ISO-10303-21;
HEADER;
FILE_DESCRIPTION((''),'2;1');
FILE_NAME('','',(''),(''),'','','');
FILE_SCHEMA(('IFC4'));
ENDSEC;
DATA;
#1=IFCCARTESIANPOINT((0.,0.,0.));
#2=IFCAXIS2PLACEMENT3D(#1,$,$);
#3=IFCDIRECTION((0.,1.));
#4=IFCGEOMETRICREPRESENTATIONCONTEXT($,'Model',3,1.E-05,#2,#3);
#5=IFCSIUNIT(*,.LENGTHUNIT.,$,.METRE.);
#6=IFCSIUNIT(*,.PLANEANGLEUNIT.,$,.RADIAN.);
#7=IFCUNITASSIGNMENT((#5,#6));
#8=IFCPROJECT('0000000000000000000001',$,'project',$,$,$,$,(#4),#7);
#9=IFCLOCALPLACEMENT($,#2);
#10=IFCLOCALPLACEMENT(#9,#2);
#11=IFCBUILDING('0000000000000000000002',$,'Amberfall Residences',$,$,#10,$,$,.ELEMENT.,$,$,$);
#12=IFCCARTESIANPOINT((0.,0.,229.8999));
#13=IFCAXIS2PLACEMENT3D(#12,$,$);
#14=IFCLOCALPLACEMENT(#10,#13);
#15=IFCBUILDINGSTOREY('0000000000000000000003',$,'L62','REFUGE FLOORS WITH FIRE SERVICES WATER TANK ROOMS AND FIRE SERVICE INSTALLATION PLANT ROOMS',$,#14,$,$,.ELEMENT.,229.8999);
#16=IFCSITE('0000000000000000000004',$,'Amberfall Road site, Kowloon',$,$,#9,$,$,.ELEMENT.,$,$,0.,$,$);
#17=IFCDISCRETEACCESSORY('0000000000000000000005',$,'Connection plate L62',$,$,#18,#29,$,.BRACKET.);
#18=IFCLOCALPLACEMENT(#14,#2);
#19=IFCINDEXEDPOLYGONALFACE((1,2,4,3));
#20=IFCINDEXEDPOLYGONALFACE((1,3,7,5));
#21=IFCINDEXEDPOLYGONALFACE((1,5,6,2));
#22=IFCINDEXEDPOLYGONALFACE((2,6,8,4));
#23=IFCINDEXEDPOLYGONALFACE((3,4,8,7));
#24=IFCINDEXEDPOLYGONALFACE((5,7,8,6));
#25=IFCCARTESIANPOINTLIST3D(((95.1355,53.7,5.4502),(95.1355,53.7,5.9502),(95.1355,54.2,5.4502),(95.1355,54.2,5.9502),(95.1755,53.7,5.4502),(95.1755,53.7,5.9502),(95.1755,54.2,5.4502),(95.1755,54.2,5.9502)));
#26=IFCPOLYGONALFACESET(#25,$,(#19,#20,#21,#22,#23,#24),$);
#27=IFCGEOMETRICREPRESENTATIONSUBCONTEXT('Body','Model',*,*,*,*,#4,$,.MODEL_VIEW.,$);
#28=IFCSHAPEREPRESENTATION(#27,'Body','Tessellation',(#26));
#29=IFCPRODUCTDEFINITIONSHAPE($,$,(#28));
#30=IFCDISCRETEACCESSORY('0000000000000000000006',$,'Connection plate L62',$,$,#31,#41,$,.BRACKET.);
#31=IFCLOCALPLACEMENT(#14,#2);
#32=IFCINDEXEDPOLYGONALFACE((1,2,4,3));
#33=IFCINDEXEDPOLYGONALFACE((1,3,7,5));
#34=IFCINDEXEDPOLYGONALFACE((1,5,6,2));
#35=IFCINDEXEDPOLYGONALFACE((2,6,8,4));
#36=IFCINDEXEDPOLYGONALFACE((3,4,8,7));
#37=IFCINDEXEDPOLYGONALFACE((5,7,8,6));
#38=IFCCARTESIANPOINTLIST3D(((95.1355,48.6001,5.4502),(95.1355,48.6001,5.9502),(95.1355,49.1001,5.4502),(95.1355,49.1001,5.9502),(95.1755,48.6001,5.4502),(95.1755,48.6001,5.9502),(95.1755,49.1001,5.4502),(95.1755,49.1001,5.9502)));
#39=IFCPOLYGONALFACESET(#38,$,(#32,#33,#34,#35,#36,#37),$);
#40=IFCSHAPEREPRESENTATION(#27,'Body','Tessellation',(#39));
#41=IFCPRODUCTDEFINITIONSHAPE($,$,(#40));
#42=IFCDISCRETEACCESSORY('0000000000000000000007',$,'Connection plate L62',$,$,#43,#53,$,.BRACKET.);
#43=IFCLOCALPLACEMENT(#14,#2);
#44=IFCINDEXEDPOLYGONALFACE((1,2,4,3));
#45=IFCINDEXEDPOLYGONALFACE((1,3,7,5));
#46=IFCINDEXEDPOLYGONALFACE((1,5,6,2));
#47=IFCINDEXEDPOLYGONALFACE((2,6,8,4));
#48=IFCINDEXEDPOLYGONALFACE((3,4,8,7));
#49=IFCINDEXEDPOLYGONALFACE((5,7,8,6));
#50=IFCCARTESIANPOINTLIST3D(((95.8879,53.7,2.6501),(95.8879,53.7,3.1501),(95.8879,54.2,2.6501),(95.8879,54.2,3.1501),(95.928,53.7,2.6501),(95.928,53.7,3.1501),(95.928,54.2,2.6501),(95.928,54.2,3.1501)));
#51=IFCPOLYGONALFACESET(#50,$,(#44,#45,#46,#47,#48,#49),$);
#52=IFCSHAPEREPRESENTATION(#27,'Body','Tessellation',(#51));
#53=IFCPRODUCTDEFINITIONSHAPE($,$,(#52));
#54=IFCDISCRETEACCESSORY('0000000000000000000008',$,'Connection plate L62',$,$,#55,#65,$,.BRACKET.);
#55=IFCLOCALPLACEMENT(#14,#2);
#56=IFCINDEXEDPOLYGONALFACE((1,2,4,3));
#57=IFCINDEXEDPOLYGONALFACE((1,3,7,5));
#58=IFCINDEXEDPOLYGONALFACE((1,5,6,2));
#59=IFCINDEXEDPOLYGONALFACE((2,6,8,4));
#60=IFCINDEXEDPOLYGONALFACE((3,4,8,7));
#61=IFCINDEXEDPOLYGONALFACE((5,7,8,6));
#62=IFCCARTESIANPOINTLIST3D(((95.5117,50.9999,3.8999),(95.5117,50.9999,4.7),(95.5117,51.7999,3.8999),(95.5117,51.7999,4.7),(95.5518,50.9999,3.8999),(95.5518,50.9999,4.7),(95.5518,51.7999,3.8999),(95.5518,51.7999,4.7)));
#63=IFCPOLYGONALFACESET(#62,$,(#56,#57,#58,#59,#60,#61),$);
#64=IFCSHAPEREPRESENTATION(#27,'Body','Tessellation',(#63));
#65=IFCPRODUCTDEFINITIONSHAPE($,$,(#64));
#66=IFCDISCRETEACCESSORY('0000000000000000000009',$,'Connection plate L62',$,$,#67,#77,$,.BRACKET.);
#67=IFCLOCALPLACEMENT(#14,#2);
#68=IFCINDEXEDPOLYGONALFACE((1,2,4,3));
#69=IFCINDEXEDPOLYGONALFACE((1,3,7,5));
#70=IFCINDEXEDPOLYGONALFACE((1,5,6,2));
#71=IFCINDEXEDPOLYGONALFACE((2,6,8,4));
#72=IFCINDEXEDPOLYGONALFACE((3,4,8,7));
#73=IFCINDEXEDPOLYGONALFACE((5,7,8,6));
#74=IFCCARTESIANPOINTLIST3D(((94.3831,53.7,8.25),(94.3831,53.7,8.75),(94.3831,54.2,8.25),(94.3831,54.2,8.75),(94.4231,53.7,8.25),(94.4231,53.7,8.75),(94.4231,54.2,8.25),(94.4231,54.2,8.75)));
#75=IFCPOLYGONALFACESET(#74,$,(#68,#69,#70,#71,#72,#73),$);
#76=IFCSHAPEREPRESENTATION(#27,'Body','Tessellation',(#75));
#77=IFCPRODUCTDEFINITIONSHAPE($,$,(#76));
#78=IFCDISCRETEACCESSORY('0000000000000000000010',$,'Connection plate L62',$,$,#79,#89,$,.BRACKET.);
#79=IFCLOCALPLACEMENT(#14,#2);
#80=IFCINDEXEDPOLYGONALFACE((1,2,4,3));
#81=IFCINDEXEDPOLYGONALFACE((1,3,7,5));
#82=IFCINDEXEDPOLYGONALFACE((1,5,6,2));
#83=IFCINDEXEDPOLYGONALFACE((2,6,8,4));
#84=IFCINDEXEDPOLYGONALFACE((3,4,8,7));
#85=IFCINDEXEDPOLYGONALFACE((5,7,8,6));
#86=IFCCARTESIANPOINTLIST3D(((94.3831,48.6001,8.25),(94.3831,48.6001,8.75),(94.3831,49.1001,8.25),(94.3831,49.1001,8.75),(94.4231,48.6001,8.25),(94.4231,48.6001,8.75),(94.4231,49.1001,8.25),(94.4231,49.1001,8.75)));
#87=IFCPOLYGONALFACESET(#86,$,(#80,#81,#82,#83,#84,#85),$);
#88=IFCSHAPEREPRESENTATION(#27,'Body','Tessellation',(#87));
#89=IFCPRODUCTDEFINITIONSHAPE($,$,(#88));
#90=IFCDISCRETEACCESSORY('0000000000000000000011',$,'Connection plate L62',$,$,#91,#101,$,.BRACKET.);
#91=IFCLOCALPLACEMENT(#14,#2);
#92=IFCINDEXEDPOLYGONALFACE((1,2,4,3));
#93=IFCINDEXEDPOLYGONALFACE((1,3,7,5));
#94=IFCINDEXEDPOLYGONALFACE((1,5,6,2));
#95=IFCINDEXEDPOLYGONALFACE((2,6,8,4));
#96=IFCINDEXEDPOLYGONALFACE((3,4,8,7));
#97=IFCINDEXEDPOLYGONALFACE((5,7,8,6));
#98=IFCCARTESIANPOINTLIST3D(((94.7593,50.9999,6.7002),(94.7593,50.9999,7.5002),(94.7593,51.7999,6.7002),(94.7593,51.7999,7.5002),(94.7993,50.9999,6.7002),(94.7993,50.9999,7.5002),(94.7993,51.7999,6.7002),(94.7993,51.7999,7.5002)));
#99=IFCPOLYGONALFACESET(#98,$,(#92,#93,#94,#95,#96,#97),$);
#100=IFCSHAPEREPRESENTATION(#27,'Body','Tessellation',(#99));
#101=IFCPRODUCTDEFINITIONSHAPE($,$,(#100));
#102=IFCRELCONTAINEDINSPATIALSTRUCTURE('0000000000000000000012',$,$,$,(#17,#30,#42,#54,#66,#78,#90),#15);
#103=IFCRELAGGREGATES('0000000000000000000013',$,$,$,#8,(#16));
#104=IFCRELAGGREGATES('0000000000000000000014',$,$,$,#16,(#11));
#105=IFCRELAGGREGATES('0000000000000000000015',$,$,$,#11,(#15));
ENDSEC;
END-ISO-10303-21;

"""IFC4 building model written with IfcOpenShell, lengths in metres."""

from ifc_helpers import new_model, si_unit, direction, frame, origin, origin_2d, place, context, subcontext, project, spatial, rectangle, extrude, element, save


model = new_model("IFC4")

# Units and contexts
model_context = context("Model", 3, precision=1e-05, world=origin(), true_north=direction((0.0, 1.0)))
body_context = subcontext(model_context, "Body", "Model", "MODEL_VIEW")
ifc_project = project(units=[si_unit("LENGTHUNIT", "METRE"), si_unit("PLANEANGLEUNIT", "RADIAN")], contexts=[model_context])

# Site, building, storey
site_placement = place(None, origin())
site = spatial("IfcSite", under=ifc_project, at=site_placement, Name="Amberfall Road site, Kowloon", CompositionType="ELEMENT", RefElevation=0.0)
building_placement = place(site_placement, origin())
building = spatial("IfcBuilding", under=site, at=building_placement, Name="Amberfall Residences", CompositionType="ELEMENT")
storey_placement = place(building_placement, frame((0.0, 0.0, 229.8999)))
storey = spatial("IfcBuildingStorey", under=building, at=storey_placement, Name="L62", Description="REFUGE FLOORS WITH FIRE SERVICES WATER TANK ROOMS AND FIRE SERVICE INSTALLATION PLANT ROOMS", CompositionType="ELEMENT", Elevation=229.8999)

# Discrete accessories
for number, where, z_axis, x_axis, name in (
    (1, (95.1555, 53.95, 5.4502), (0.0, 0.0, 1.0), (0.0, 1.0, 0.0), "Connection plate L62"),
    (2, (95.1555, 48.8501, 5.4502), (0.0, 0.0, 1.0), (0.0, 1.0, 0.0), "Connection plate L62"),
    (3, (95.908, 53.95, 2.6501), (0.0, 0.0, 1.0), (0.0, 1.0, 0.0), "Connection plate L62"),
):
    element("IfcDiscreteAccessory", number, at=place(storey_placement, frame(where, z_axis=z_axis, x_axis=x_axis)), inside=storey, Name=name, PredefinedType="BRACKET", context=body_context, shape_type="SweptSolid", body=[
        extrude(rectangle(XDim=0.5, YDim=0.04, at=origin_2d()), origin(), (0.0, 0.0, 1.0), 0.5),
    ])
discrete_accessory_1_placement = place(storey_placement, frame((95.5317, 51.3999, 3.8999), z_axis=(0.0, 0.0, 1.0), x_axis=(0.0, 1.0, 0.0)))
element("IfcDiscreteAccessory", 4, at=discrete_accessory_1_placement, inside=storey, Name="Connection plate L62", PredefinedType="BRACKET", context=body_context, shape_type="SweptSolid", body=[
    extrude(rectangle(XDim=0.8, YDim=0.04, at=origin_2d()), origin(), (0.0, 0.0, 1.0), 0.8),
])
for number, where, z_axis, x_axis, name in (
    (5, (94.4031, 53.95, 8.25), (0.0, 0.0, 1.0), (0.0, 1.0, 0.0), "Connection plate L62"),
    (6, (94.4031, 48.8501, 8.25), (0.0, 0.0, 1.0), (0.0, 1.0, 0.0), "Connection plate L62"),
):
    element("IfcDiscreteAccessory", number, at=place(storey_placement, frame(where, z_axis=z_axis, x_axis=x_axis)), inside=storey, Name=name, PredefinedType="BRACKET", context=body_context, shape_type="SweptSolid", body=[
        extrude(rectangle(XDim=0.5, YDim=0.04, at=origin_2d()), origin(), (0.0, 0.0, 1.0), 0.5),
    ])
discrete_accessory_2_placement = place(storey_placement, frame((94.7793, 51.3999, 6.7002), z_axis=(0.0, 0.0, 1.0), x_axis=(0.0, 1.0, 0.0)))
element("IfcDiscreteAccessory", 7, at=discrete_accessory_2_placement, inside=storey, Name="Connection plate L62", PredefinedType="BRACKET", context=body_context, shape_type="SweptSolid", body=[
    extrude(rectangle(XDim=0.8, YDim=0.04, at=origin_2d()), origin(), (0.0, 0.0, 1.0), 0.8),
])

save(model, "model.ifc")
